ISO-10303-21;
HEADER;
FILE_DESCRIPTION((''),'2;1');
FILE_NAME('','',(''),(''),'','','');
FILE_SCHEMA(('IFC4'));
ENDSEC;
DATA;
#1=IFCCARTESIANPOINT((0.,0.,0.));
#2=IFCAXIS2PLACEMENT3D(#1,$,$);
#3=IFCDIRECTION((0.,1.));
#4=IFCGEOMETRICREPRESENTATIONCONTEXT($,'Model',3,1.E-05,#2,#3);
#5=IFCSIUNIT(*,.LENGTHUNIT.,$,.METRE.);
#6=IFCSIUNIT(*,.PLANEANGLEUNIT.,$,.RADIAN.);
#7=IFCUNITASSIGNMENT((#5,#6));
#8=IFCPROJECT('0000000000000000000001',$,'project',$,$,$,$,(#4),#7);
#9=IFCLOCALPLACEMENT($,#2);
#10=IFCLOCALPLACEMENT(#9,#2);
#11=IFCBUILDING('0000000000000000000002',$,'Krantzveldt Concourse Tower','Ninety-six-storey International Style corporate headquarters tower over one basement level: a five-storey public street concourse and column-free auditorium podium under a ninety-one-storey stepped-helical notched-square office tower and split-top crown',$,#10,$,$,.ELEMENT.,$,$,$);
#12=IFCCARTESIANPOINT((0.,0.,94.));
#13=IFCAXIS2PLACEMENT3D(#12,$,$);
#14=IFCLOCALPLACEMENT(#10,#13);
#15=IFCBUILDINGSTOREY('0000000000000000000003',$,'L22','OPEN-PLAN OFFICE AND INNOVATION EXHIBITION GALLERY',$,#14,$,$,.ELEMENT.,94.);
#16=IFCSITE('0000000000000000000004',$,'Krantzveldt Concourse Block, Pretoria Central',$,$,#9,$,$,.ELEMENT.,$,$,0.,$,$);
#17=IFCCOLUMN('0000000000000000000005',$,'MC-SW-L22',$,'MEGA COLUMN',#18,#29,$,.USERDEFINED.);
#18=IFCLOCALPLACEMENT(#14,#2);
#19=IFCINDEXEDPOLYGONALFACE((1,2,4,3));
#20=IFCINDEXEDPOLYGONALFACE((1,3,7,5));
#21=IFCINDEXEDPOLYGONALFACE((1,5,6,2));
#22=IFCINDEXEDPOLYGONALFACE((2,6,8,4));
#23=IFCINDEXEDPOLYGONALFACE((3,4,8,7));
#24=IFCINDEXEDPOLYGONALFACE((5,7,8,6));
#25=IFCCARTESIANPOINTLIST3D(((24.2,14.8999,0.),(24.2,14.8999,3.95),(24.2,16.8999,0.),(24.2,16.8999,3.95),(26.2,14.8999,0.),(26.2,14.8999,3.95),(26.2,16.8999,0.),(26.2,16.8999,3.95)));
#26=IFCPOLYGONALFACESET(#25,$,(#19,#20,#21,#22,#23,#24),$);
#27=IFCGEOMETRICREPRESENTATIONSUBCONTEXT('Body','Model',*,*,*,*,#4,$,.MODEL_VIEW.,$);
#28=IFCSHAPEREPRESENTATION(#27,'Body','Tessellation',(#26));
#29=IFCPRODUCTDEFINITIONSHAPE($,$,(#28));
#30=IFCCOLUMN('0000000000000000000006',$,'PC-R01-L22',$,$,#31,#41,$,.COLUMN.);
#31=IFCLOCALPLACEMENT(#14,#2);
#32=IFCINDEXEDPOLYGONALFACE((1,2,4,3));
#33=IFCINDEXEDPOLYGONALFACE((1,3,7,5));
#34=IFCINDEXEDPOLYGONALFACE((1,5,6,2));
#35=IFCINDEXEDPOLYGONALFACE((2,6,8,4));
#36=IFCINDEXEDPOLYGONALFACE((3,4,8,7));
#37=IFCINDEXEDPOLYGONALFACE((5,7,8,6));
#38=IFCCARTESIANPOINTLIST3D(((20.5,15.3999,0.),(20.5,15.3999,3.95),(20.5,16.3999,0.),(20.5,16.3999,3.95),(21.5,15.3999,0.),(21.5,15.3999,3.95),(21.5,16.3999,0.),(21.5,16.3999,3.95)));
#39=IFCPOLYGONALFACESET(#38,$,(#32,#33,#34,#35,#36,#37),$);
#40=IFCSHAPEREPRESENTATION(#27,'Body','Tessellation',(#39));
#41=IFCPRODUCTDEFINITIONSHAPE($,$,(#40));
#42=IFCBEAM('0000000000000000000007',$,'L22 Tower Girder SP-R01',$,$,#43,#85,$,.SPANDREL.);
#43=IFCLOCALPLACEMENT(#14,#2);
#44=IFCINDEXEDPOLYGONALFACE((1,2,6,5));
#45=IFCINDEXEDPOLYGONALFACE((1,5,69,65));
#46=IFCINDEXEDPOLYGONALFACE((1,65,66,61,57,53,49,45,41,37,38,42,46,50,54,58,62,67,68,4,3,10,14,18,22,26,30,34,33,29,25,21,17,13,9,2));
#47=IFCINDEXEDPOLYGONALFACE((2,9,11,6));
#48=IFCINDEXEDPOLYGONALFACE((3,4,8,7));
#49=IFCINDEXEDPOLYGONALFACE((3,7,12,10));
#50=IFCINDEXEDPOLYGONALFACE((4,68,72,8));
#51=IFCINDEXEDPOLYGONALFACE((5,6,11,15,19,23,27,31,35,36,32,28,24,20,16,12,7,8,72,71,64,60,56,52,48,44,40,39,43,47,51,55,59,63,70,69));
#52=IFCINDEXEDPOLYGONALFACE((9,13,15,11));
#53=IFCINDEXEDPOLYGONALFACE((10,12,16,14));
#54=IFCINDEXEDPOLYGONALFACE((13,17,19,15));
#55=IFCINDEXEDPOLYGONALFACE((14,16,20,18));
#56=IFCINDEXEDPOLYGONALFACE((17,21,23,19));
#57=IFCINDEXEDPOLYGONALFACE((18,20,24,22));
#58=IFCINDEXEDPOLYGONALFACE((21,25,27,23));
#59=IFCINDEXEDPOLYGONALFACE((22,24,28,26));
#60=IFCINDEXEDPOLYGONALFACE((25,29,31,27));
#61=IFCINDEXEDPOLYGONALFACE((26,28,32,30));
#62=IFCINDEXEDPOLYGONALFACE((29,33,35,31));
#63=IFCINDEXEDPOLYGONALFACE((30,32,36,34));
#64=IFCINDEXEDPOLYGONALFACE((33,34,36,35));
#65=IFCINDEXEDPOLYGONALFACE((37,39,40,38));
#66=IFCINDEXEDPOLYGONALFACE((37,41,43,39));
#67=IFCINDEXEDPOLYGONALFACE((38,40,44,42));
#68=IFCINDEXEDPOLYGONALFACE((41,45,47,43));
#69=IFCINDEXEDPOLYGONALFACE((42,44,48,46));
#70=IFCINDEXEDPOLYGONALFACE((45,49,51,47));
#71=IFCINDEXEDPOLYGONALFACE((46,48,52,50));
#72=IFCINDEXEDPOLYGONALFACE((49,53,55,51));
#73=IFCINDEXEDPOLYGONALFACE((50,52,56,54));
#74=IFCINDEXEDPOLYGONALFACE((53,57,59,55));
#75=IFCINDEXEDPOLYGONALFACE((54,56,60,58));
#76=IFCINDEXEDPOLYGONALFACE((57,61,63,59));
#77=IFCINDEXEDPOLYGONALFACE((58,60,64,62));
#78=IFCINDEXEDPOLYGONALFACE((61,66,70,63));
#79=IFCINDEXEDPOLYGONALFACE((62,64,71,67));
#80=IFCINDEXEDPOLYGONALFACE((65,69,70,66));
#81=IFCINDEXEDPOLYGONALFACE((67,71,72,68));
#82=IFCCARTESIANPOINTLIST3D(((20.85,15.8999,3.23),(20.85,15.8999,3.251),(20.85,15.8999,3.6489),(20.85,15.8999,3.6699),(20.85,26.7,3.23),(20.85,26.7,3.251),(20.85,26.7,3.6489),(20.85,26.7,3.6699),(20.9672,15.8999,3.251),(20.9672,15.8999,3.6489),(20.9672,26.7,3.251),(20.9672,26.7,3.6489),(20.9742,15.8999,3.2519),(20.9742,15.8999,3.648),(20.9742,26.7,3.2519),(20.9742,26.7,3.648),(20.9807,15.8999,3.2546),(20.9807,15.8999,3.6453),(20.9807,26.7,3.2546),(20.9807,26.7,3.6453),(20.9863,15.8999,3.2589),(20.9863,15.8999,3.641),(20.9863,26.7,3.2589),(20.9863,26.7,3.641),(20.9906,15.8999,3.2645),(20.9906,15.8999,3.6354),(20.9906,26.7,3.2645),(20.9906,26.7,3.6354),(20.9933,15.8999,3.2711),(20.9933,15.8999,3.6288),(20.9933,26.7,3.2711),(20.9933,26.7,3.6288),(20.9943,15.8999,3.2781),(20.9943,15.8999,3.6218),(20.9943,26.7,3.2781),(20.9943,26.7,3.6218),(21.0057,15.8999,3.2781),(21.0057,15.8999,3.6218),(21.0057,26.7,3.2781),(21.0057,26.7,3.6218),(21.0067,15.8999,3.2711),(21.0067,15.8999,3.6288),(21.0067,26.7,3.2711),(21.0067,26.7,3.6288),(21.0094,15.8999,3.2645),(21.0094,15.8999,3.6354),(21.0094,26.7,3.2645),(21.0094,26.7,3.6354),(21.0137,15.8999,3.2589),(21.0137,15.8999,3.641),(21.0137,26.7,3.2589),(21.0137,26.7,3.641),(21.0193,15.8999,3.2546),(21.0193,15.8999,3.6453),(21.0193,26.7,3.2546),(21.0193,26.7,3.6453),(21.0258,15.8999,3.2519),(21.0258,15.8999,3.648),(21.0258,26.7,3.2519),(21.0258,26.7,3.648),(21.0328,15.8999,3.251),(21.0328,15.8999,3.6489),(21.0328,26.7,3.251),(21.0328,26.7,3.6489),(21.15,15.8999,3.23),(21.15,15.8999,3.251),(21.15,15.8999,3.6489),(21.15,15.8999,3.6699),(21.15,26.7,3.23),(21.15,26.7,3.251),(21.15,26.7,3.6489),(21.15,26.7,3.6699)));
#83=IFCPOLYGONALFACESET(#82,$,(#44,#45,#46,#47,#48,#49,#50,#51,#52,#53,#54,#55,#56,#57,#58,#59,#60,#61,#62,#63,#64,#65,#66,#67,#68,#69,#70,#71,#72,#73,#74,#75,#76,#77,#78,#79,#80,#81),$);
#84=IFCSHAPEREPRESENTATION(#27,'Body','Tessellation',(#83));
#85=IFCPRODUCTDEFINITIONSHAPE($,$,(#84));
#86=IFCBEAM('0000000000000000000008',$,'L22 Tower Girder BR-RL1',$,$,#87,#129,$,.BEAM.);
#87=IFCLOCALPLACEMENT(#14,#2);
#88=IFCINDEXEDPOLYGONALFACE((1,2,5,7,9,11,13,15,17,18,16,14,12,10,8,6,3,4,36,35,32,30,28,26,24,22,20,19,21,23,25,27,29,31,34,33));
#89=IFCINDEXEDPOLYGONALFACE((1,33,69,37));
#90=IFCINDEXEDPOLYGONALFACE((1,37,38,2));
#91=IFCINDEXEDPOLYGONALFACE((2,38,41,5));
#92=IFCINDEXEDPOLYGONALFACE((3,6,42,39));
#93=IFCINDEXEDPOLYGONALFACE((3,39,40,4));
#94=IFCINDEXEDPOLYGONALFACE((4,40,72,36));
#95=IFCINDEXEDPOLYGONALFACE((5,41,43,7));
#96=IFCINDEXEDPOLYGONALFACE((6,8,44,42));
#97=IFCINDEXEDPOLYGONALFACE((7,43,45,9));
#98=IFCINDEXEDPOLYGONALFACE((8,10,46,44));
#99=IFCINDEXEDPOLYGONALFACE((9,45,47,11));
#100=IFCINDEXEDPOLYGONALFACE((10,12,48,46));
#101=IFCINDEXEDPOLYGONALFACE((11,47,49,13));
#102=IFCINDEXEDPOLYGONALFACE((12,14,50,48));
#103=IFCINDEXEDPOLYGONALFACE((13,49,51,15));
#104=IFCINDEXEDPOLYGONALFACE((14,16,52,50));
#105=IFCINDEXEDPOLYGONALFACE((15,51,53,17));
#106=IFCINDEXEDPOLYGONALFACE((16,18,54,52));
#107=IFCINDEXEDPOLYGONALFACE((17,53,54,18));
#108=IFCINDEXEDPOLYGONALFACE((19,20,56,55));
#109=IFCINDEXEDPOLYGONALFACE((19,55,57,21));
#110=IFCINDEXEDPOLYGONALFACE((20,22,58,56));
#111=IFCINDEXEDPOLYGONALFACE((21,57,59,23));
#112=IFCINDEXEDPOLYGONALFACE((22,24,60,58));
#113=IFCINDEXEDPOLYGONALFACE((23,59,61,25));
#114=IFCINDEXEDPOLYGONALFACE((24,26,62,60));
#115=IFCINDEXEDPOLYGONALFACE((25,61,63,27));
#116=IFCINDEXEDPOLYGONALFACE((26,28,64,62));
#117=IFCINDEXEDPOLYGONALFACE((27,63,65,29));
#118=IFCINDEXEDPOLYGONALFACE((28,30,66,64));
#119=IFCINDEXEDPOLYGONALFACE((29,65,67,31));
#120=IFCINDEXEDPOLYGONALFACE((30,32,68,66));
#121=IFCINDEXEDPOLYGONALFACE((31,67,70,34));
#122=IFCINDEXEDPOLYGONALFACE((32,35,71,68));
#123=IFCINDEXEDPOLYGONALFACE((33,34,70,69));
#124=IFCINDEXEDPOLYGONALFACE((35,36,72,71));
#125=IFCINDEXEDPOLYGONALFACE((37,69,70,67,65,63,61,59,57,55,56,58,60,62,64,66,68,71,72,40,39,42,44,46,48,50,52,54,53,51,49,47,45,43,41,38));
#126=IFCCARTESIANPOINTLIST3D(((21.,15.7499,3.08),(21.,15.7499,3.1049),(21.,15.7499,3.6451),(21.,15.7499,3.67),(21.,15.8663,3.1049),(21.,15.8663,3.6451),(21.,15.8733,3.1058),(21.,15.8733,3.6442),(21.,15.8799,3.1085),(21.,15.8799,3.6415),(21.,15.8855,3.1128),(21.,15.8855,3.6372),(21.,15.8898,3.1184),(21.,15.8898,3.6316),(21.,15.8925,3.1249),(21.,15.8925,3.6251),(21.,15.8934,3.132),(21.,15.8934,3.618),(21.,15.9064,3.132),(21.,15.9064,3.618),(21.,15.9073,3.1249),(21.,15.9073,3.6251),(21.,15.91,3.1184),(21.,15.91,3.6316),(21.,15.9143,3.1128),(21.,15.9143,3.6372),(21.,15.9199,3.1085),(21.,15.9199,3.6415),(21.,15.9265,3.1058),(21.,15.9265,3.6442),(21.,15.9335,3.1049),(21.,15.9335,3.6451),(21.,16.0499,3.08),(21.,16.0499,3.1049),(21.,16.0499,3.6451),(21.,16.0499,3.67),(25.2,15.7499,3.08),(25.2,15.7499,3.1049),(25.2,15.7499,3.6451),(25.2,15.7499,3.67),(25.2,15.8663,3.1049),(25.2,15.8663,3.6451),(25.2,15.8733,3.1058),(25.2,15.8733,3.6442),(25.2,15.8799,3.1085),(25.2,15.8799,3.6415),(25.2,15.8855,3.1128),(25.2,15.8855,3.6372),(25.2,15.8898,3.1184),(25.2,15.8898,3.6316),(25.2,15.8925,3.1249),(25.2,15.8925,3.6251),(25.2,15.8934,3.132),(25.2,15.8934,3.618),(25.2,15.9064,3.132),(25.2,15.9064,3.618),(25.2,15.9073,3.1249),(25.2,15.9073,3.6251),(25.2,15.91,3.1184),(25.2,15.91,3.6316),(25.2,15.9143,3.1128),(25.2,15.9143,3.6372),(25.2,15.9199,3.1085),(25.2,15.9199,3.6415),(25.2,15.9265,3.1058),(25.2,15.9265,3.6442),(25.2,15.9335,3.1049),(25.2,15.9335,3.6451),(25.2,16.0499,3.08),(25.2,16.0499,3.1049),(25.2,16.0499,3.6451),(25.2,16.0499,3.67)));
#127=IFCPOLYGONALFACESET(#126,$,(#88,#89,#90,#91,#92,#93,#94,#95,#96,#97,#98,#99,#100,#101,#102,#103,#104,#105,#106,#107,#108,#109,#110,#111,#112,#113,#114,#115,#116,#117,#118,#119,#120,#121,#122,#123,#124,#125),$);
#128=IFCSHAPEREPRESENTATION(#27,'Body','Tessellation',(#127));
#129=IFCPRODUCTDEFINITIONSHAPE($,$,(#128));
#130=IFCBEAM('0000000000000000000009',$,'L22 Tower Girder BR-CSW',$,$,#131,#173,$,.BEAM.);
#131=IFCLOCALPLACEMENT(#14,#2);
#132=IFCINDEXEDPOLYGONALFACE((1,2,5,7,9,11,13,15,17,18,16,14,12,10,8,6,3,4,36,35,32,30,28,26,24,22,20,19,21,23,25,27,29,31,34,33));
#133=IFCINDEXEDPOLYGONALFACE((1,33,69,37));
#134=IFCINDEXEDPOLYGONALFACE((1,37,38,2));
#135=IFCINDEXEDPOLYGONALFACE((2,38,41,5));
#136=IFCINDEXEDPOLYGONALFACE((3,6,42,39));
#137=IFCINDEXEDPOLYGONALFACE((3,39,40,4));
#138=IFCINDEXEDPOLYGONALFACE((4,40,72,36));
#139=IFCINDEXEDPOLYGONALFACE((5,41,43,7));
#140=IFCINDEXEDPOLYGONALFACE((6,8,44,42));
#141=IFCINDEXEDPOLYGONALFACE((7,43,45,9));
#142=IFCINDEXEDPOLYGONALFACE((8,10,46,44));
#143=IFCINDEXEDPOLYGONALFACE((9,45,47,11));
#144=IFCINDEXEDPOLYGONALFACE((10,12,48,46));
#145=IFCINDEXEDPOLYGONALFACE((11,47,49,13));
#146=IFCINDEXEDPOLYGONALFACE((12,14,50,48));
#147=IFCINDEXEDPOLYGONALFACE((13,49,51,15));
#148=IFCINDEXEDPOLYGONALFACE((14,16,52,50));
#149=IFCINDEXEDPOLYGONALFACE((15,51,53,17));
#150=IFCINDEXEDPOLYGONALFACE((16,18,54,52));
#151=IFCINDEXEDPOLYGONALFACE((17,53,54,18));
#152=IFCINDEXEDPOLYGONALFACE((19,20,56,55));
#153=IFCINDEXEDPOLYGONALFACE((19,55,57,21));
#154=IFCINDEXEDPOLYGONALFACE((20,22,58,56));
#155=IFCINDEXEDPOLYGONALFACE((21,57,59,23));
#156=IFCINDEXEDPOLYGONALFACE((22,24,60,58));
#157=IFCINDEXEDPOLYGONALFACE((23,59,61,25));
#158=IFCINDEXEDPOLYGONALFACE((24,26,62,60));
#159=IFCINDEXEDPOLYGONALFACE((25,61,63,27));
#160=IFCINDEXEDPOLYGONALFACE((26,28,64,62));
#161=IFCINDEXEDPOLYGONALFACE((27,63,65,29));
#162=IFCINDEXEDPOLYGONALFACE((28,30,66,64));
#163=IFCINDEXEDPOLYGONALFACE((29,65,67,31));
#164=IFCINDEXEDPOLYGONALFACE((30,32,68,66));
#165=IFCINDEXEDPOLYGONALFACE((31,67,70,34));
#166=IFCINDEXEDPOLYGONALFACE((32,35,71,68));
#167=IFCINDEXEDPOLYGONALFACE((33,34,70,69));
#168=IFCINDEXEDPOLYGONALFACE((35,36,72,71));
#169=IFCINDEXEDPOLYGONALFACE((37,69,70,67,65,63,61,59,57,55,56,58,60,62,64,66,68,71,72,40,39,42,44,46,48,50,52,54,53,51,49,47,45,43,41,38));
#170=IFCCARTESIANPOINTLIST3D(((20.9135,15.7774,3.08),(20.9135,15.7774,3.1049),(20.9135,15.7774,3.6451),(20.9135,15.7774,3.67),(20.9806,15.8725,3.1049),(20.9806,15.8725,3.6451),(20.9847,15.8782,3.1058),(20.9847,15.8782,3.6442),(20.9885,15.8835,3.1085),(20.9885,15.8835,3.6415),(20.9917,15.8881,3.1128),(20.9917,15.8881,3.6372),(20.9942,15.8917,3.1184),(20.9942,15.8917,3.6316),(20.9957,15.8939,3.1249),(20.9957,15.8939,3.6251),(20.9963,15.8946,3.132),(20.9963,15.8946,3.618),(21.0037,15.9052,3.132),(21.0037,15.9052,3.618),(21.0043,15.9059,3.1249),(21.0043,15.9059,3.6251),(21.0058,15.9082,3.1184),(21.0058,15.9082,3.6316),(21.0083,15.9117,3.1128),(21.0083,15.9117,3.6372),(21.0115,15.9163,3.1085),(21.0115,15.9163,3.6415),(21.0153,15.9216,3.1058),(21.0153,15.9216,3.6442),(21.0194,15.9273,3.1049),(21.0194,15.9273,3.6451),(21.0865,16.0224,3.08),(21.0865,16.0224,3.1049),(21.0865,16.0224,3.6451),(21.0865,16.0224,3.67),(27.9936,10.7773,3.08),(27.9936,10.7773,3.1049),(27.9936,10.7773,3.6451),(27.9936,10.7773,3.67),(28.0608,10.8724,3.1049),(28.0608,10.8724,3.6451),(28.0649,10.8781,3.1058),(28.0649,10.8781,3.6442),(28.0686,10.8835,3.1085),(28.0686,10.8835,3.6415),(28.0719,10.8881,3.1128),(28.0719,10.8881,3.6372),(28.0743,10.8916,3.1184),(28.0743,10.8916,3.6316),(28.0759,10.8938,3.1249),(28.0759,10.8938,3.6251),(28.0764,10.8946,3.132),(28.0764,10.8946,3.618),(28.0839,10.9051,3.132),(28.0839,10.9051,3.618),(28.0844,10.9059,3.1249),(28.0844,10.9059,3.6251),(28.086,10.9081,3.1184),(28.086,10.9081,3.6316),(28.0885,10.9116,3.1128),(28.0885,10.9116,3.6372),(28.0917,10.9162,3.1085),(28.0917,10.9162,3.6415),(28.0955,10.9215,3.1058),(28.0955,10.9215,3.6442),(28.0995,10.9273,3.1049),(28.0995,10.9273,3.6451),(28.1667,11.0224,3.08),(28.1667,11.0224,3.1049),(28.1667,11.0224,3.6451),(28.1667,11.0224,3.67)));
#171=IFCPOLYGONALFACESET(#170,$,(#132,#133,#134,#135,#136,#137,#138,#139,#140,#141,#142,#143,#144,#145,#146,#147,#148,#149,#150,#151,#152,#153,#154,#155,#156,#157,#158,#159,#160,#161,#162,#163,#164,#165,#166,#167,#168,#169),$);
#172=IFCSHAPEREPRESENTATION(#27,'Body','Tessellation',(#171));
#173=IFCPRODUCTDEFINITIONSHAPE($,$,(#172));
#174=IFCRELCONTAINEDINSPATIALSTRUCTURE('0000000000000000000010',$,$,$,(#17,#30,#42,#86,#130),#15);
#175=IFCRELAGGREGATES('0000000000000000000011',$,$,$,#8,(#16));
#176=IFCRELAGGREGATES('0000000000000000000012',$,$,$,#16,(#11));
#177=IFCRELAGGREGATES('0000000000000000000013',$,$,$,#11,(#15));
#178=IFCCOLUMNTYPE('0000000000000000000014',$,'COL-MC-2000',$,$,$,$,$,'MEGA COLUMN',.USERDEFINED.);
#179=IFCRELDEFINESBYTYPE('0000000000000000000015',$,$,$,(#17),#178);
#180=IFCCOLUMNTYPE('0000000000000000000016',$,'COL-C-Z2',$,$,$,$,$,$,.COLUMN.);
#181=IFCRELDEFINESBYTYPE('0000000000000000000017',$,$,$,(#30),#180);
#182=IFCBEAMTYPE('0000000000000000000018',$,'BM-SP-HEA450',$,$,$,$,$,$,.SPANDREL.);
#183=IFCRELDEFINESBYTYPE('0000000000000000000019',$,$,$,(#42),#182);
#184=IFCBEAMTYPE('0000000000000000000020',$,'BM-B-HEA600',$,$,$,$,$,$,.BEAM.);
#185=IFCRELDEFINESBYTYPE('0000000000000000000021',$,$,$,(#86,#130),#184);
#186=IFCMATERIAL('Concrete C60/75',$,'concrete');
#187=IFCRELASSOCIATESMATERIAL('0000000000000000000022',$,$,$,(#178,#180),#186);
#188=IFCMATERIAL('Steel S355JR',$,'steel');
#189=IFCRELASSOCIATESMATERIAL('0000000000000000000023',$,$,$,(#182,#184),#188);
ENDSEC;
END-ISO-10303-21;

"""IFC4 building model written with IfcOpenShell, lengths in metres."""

from ifc_helpers import new_model, si_unit, direction, frame, origin, origin_2d, place, context, subcontext, project, spatial, rectangle, i_section, extrude, source, transform, mapped, material, material_profile, profile_set, type_object, type_shapes, element, save


model = new_model("IFC4")

# Units and contexts
model_context = context("Model", 3, precision=1e-05, world=origin(), true_north=direction((0.0, 1.0)))
body_context = subcontext(model_context, "Body", "Model", "MODEL_VIEW")
ifc_project = project(units=[si_unit("LENGTHUNIT", "METRE"), si_unit("PLANEANGLEUNIT", "RADIAN")], contexts=[model_context])

# Site, building, storey
site_placement = place(None, origin())
site = spatial("IfcSite", under=ifc_project, at=site_placement, Name="Krantzveldt Concourse Block, Pretoria Central", CompositionType="ELEMENT", RefElevation=0.0)
building_placement = place(site_placement, origin())
building = spatial("IfcBuilding", under=site, at=building_placement, Name="Krantzveldt Concourse Tower", Description="Ninety-six-storey International Style corporate headquarters tower over one basement level: a five-storey public street concourse and column-free auditorium podium under a ninety-one-storey stepped-helical notched-square office tower and split-top crown", CompositionType="ELEMENT")
storey_placement = place(building_placement, frame((0.0, 0.0, 94.0)))
storey = spatial("IfcBuildingStorey", under=building, at=storey_placement, Name="L22", Description="OPEN-PLAN OFFICE AND INNOVATION EXHIBITION GALLERY", CompositionType="ELEMENT", Elevation=94.0)

# Columns
ifc_material_1 = material(Name="Concrete C60/75", Category="concrete")
ifc_material_profile_1 = material_profile(ifc_material_1, rectangle(XDim=2.0, YDim=2.0, at=origin_2d()), Name="Concrete C60/75", Category="concrete")
ifc_profile_set_1 = profile_set([ifc_material_profile_1], Name="Concrete C60/75 - RC 2000x2000")
column_type_1 = type_object("IfcColumnType", Name="COL-MC-2000", ElementType="MEGA COLUMN", PredefinedType="USERDEFINED", material=ifc_profile_set_1)
shared_shape_1 = source(origin(), body_context, "Body", "SweptSolid", [
    extrude(rectangle(XDim=2.0, YDim=2.0, at=origin_2d()), origin(), (0.0, 0.0, 1.0), 3.95),
])
type_shapes(column_type_1, [shared_shape_1])
column_1_placement = place(storey_placement, frame((25.2, 15.8999, 0.0), z_axis=(0.0, 0.0, 1.0), x_axis=(1.0, 0.0, 0.0)))
element("IfcColumn", 1, at=column_1_placement, inside=storey, type_object=column_type_1, Name="MC-SW-L22", ObjectType="MEGA COLUMN", PredefinedType="USERDEFINED", context=body_context, shape_type="MappedRepresentation", body=[
    mapped(shared_shape_1, transform((0.0, 0.0, 0.0), x_axis=(1.0, 0.0, 0.0), y_axis=(0.0, 1.0, 0.0), z_axis=(0.0, 0.0, 1.0), scale=1.0)),
])
ifc_material_profile_2 = material_profile(ifc_material_1, rectangle(XDim=1.0, YDim=1.0, at=origin_2d()), Name="Concrete C60/75", Category="concrete")
ifc_profile_set_2 = profile_set([ifc_material_profile_2], Name="Concrete C60/75 - RC 1000x1000")
column_type_2 = type_object("IfcColumnType", Name="COL-C-Z2", PredefinedType="COLUMN", material=ifc_profile_set_2)
shared_shape_2 = source(origin(), body_context, "Body", "SweptSolid", [
    extrude(rectangle(XDim=1.0, YDim=1.0, at=origin_2d()), origin(), (0.0, 0.0, 1.0), 3.95),
])
type_shapes(column_type_2, [shared_shape_2])
column_2_placement = place(storey_placement, frame((21.0, 15.8999, 0.0), z_axis=(0.0, 0.0, 1.0), x_axis=(1.0, 0.0, 0.0)))
element("IfcColumn", 2, at=column_2_placement, inside=storey, type_object=column_type_2, Name="PC-R01-L22", PredefinedType="COLUMN", context=body_context, shape_type="MappedRepresentation", body=[
    mapped(shared_shape_2, transform((0.0, 0.0, 0.0), x_axis=(1.0, 0.0, 0.0), y_axis=(0.0, 1.0, 0.0), z_axis=(0.0, 0.0, 1.0), scale=1.0)),
])

# Beams
ifc_material_2 = material(Name="Steel S355JR", Category="steel")
ifc_material_profile_3 = material_profile(ifc_material_2, i_section(OverallWidth=0.3, OverallDepth=0.4399, WebThickness=0.0115, FlangeThickness=0.021, FilletRadius=0.0271, at=origin_2d()), Name="Steel S355JR", Category="steel")
ifc_profile_set_3 = profile_set([ifc_material_profile_3], Name="Steel S355JR - HEA 450")
beam_type_1 = type_object("IfcBeamType", Name="BM-SP-HEA450", PredefinedType="SPANDREL", material=ifc_profile_set_3)
shared_shape_3 = source(origin(), body_context, "Body", "SweptSolid", [
    extrude(i_section(OverallWidth=0.3, OverallDepth=0.4399, WebThickness=0.0115, FlangeThickness=0.021, FilletRadius=0.0271, at=origin_2d()), origin(), (0.0, 0.0, 1.0), 10.8),
])
type_shapes(beam_type_1, [shared_shape_3])
beam_1_placement = place(storey_placement, frame((21.0, 15.8999, 3.45), z_axis=(0.0, 1.0, 0.0), x_axis=(-1.0, 0.0, 0.0)))
element("IfcBeam", 3, at=beam_1_placement, inside=storey, type_object=beam_type_1, Name="L22 Tower Girder SP-R01", PredefinedType="SPANDREL", context=body_context, shape_type="MappedRepresentation", body=[
    mapped(shared_shape_3, transform((0.0, 0.0, 0.0), x_axis=(1.0, 0.0, 0.0), y_axis=(0.0, 1.0, 0.0), z_axis=(0.0, 0.0, 1.0), scale=1.0)),
])
ifc_material_profile_4 = material_profile(ifc_material_2, i_section(OverallWidth=0.3, OverallDepth=0.5901, WebThickness=0.0129, FlangeThickness=0.0249, FilletRadius=0.0271, at=origin_2d()), Name="Steel S355JR", Category="steel")
ifc_profile_set_4 = profile_set([ifc_material_profile_4], Name="Steel S355JR - HEA 600")
beam_type_2 = type_object("IfcBeamType", Name="BM-B-HEA600", PredefinedType="BEAM", material=ifc_profile_set_4)
shared_shape_4 = source(origin(), body_context, "Body", "SweptSolid", [
    extrude(i_section(OverallWidth=0.3, OverallDepth=0.5901, WebThickness=0.0129, FlangeThickness=0.0249, FilletRadius=0.0271, at=origin_2d()), origin(), (0.0, 0.0, 1.0), 4.2),
])
beam_2_placement = place(storey_placement, frame((21.0, 15.8999, 3.375), z_axis=(1.0, 0.0, 0.0), x_axis=(0.0, 1.0, 0.0)))
element("IfcBeam", 4, at=beam_2_placement, inside=storey, type_object=beam_type_2, Name="L22 Tower Girder BR-RL1", PredefinedType="BEAM", context=body_context, shape_type="MappedRepresentation", body=[
    mapped(shared_shape_4, transform((0.0, 0.0, 0.0), x_axis=(1.0, 0.0, 0.0), y_axis=(0.0, 1.0, 0.0), z_axis=(0.0, 0.0, 1.0), scale=1.0)),
])
shared_shape_5 = source(origin(), body_context, "Body", "SweptSolid", [
    extrude(i_section(OverallWidth=0.3, OverallDepth=0.5901, WebThickness=0.0129, FlangeThickness=0.0249, FilletRadius=0.0271, at=origin_2d()), origin(), (0.0, 0.0, 1.0), 8.6677),
])
type_shapes(beam_type_2, [shared_shape_4, shared_shape_5])
beam_3_placement = place(storey_placement, frame((21.0, 15.8999, 3.375), z_axis=(0.816843, -0.57686, 0.0), x_axis=(0.57686, 0.816843, 0.0)))
element("IfcBeam", 5, at=beam_3_placement, inside=storey, type_object=beam_type_2, Name="L22 Tower Girder BR-CSW", PredefinedType="BEAM", context=body_context, shape_type="MappedRepresentation", body=[
    mapped(shared_shape_5, transform((0.0, 0.0, 0.0), x_axis=(1.0, 0.0, 0.0), y_axis=(0.0, 1.0, 0.0), z_axis=(0.0, 0.0, 1.0), scale=1.0)),
])

save(model, "model.ifc")
